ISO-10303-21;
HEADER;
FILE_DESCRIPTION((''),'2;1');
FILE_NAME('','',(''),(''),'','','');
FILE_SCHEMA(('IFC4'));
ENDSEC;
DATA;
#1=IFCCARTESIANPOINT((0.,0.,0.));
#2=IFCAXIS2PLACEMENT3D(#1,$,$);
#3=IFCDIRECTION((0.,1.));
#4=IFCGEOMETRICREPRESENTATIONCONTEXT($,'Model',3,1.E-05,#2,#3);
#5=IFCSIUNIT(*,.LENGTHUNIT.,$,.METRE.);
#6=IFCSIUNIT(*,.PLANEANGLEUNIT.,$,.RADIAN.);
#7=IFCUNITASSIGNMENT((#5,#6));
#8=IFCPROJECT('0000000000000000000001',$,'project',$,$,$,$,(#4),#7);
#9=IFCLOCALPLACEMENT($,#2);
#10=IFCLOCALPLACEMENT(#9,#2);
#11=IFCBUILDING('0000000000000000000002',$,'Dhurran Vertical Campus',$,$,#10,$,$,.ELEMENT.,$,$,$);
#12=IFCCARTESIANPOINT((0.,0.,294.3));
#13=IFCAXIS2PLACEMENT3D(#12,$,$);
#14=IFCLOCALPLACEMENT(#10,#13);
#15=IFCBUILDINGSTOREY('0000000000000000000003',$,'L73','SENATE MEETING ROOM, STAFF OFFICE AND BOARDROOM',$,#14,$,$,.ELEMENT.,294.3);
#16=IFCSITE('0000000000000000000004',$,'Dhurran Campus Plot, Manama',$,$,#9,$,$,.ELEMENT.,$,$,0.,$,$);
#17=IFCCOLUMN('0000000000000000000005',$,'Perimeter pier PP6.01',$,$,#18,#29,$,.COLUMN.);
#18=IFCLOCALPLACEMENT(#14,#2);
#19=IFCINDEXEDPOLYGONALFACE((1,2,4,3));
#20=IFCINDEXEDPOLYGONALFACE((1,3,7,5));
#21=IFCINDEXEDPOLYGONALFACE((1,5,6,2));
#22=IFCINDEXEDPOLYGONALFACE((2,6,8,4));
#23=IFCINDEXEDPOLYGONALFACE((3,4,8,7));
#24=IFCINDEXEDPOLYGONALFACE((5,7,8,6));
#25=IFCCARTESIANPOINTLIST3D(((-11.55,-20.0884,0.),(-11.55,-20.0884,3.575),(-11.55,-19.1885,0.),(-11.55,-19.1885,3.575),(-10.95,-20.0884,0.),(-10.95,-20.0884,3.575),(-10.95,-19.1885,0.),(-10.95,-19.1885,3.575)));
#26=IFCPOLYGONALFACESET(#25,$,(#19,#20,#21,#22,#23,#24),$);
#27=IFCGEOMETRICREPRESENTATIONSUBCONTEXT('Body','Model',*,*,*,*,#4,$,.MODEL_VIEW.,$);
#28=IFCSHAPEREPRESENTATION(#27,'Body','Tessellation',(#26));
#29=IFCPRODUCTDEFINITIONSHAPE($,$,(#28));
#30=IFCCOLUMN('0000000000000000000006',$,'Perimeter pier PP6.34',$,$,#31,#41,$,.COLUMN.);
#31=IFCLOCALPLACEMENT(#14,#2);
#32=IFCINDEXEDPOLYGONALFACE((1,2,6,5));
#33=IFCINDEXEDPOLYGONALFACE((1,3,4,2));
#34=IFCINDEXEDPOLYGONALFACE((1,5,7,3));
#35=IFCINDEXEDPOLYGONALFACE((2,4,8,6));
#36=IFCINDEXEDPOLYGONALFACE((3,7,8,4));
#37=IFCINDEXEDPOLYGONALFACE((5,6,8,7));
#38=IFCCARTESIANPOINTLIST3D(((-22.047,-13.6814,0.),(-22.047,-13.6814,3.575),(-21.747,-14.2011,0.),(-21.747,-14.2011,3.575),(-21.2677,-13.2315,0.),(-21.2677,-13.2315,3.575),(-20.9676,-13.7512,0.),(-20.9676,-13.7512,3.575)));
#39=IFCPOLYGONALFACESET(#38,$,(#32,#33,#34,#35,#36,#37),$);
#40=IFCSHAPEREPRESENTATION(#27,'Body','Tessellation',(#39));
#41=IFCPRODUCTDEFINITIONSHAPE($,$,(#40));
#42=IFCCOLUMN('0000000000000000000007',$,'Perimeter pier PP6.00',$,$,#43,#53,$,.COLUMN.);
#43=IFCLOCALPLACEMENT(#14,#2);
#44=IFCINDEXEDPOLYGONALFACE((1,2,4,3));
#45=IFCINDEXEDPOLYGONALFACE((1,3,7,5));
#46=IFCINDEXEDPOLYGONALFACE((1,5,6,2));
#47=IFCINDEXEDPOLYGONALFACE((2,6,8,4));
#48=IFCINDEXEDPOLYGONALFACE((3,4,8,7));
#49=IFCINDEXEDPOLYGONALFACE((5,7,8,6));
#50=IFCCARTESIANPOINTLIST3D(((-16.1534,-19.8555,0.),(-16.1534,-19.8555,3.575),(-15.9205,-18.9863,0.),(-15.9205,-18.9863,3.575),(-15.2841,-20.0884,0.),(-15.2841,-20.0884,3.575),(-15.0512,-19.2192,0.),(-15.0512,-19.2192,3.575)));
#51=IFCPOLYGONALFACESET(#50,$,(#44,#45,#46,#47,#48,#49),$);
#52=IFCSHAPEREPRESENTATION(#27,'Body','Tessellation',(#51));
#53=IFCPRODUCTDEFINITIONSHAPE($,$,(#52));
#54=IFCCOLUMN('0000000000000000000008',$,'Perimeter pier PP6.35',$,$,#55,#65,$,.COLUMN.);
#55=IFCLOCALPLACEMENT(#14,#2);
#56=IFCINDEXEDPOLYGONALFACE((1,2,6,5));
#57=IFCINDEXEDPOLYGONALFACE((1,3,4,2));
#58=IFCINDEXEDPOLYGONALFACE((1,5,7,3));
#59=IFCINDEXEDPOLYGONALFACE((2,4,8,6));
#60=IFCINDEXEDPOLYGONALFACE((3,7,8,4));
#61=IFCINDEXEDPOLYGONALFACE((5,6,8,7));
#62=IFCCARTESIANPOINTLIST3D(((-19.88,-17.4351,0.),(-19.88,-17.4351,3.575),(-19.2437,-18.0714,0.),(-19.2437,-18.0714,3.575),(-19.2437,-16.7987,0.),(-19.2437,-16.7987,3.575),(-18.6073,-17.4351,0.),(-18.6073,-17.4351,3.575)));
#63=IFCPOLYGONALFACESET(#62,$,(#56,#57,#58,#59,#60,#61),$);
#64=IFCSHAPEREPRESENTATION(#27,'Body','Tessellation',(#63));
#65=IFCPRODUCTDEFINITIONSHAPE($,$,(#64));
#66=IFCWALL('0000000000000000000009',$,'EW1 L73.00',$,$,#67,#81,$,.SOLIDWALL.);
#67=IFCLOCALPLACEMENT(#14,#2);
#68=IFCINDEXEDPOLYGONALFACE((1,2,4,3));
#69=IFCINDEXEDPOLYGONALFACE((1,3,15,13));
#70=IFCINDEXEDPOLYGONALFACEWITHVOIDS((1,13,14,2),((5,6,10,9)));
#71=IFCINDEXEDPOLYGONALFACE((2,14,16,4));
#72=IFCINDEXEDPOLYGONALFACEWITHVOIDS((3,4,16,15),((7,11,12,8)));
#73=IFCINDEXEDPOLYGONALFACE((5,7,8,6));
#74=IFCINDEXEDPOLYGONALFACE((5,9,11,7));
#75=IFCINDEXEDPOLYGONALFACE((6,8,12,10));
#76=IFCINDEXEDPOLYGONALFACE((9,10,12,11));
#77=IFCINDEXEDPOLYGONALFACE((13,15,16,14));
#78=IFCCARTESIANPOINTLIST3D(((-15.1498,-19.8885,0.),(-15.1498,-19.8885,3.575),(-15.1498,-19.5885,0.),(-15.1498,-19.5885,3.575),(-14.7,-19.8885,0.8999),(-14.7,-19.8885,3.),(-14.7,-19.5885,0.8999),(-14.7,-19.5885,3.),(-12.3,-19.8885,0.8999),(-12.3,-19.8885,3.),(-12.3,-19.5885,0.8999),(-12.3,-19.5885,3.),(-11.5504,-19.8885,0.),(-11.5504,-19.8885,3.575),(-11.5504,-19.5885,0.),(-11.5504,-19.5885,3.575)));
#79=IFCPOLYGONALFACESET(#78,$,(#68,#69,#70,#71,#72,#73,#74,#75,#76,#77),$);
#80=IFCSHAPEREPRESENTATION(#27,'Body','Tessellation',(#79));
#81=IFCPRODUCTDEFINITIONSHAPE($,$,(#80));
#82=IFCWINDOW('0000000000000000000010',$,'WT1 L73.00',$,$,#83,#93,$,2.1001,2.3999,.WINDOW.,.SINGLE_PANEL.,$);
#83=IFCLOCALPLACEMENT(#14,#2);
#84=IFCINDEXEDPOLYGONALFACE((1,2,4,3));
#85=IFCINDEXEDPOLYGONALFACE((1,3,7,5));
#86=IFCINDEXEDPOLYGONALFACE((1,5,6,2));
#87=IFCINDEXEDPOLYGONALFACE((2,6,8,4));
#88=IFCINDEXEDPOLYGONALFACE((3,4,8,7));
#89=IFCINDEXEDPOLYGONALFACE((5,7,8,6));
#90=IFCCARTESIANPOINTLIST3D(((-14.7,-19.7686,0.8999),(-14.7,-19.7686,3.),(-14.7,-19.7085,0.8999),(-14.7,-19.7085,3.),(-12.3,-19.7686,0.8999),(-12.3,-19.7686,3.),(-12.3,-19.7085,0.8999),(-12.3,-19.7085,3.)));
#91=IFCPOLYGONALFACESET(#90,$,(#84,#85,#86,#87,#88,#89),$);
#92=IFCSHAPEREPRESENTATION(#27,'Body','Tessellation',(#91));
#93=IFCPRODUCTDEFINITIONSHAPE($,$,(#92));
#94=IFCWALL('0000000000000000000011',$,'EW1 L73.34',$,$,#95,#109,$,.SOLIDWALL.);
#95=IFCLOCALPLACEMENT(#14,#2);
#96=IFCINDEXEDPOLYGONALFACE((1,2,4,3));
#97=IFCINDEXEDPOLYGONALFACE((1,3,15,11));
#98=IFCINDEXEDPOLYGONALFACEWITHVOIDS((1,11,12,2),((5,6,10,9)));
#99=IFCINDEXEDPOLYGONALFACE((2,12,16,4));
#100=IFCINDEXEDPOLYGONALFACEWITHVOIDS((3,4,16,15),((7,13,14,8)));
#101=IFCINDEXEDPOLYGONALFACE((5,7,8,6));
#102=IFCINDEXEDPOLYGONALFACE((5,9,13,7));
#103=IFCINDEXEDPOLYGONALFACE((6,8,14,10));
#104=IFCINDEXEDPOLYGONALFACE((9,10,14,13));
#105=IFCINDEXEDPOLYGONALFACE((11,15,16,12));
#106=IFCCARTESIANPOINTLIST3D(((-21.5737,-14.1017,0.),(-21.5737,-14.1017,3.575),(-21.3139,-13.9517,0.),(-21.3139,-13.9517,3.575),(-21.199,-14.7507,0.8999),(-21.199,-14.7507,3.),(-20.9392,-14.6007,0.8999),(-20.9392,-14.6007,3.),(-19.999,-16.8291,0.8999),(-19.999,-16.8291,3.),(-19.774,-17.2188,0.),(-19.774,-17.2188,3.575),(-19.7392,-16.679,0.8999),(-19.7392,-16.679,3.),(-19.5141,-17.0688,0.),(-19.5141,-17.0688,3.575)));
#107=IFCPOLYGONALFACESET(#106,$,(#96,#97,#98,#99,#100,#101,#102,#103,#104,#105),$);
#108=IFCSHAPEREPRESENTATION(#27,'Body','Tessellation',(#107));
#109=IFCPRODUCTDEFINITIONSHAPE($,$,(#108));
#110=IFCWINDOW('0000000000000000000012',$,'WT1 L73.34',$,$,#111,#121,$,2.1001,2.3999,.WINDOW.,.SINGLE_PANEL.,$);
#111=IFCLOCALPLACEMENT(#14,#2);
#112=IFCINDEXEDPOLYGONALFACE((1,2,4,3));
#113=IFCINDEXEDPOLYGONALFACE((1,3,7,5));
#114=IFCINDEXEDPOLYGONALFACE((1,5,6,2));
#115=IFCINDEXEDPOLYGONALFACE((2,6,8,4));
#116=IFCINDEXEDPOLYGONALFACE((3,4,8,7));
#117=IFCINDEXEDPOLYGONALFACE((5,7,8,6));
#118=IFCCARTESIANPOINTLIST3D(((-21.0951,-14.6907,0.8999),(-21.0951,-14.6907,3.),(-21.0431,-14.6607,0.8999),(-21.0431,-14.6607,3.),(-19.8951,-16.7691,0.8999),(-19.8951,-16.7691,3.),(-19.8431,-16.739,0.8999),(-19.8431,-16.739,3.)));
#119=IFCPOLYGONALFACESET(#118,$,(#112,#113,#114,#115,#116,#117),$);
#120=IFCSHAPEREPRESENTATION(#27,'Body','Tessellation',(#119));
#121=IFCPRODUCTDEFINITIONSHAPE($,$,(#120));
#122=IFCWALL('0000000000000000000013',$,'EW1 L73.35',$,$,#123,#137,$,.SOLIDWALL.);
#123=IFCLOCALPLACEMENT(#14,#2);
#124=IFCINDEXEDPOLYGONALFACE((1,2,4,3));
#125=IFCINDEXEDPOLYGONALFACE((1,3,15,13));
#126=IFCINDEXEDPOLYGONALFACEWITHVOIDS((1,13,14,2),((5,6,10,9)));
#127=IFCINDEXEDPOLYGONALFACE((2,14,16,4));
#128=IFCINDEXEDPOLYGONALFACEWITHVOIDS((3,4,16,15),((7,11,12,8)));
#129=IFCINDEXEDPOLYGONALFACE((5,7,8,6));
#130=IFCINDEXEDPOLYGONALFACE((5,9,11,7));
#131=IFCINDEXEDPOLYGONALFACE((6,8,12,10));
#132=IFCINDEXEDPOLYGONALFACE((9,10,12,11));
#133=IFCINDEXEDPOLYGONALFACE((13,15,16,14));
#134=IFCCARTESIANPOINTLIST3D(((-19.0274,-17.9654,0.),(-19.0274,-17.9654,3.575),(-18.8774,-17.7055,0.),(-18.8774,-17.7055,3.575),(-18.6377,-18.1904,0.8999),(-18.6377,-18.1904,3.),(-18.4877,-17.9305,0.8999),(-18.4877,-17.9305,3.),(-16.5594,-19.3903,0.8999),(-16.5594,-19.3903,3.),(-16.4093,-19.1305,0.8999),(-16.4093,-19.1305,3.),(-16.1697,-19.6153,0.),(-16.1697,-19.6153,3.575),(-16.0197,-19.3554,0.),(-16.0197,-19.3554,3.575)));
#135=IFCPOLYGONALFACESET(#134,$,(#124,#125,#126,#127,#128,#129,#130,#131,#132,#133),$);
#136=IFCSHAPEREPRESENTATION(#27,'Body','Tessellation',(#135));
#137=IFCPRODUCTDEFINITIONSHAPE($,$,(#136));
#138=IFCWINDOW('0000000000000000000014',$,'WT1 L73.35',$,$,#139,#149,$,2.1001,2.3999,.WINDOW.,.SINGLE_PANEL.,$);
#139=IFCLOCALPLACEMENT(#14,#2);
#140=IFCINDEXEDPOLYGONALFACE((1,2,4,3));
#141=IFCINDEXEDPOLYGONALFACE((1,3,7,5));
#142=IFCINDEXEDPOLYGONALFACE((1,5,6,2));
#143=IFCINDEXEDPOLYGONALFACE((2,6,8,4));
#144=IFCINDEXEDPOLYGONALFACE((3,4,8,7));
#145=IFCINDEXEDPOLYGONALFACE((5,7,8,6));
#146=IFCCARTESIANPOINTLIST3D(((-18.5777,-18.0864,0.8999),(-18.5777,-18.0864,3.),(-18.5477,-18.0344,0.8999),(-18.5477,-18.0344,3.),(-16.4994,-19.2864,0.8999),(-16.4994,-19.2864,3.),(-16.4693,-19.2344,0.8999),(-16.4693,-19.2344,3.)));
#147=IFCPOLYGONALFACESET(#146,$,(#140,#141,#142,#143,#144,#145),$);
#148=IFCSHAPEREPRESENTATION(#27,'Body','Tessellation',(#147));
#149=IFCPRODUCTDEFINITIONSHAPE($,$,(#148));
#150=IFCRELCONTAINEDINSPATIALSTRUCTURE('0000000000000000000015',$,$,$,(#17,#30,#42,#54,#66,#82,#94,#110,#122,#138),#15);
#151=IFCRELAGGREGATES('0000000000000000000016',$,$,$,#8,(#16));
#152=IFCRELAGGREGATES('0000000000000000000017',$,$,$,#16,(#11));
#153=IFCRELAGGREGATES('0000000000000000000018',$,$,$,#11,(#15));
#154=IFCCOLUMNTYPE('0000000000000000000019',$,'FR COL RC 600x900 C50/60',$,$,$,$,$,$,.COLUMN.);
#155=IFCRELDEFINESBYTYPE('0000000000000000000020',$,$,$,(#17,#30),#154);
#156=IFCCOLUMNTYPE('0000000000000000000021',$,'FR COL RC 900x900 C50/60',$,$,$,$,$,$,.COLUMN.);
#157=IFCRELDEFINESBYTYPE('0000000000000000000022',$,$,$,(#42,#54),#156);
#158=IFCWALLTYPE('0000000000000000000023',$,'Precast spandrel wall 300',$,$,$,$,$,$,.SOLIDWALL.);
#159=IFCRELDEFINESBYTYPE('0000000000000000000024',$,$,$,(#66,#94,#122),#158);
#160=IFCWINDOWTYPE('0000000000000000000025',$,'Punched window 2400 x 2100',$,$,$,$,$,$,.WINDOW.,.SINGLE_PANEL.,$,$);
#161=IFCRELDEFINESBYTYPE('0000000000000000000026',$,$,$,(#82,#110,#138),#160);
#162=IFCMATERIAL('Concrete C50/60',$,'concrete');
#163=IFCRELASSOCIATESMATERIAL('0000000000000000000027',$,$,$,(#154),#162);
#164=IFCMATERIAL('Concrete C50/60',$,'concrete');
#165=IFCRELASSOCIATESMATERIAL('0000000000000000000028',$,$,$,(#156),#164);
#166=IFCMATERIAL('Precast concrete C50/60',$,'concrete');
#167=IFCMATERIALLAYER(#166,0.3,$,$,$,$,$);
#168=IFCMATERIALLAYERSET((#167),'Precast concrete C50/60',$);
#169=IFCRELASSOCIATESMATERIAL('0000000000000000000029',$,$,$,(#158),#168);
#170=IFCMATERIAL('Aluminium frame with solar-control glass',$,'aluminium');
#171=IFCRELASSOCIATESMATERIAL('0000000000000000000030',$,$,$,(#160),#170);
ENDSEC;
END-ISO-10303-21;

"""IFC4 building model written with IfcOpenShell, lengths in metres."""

from ifc_helpers import new_model, si_unit, direction, frame, frame_2d, origin, origin_2d, place, context, subcontext, project, spatial, rectangle, extrude, material, layer, layer_set, material_profile, profile_set, type_object, element, fill, save


model = new_model("IFC4")

# Units and contexts
model_context = context("Model", 3, precision=1e-05, world=origin(), true_north=direction((0.0, 1.0)))
body_context = subcontext(model_context, "Body", "Model", "MODEL_VIEW")
ifc_project = project(units=[si_unit("LENGTHUNIT", "METRE"), si_unit("PLANEANGLEUNIT", "RADIAN")], contexts=[model_context])

# Site, building, storey
site_placement = place(None, origin())
site = spatial("IfcSite", under=ifc_project, at=site_placement, Name="Dhurran Campus Plot, Manama", CompositionType="ELEMENT", RefElevation=0.0)
building_placement = place(site_placement, origin())
building = spatial("IfcBuilding", under=site, at=building_placement, Name="Dhurran Vertical Campus", CompositionType="ELEMENT")
storey_placement = place(building_placement, frame((0.0, 0.0, 294.3)))
storey = spatial("IfcBuildingStorey", under=building, at=storey_placement, Name="L73", Description="SENATE MEETING ROOM, STAFF OFFICE AND BOARDROOM", CompositionType="ELEMENT", Elevation=294.3)

# Columns
ifc_material_1 = material(Name="Concrete C50/60", Category="concrete")
ifc_material_profile_1 = material_profile(ifc_material_1, rectangle(XDim=0.6001, YDim=0.8999, at=origin_2d()), Name="RC 600x900")
ifc_profile_set_1 = profile_set([ifc_material_profile_1], Name="Concrete C50/60")
column_type_1 = type_object("IfcColumnType", Name="FR COL RC 600x900 C50/60", PredefinedType="COLUMN", material=ifc_profile_set_1)
for number, where, z_axis, x_axis, name in (
    (1, (-11.25, -19.6384, 0.0), (0.0, 0.0, 1.0), (1.0, 0.0, 0.0), "Perimeter pier PP6.01"),
    (2, (-21.5073, -13.7163, 0.0), (0.0, 0.0, 1.0), (0.5, -0.866025, 0.0), "Perimeter pier PP6.34"),
):
    element("IfcColumn", number, at=place(storey_placement, frame(where, z_axis=z_axis, x_axis=x_axis)), inside=storey, type_object=column_type_1, Name=name, PredefinedType="COLUMN", context=body_context, shape_type="SweptSolid", body=[
        extrude(rectangle(XDim=0.6001, YDim=0.8999, at=origin_2d()), origin(), (0.0, 0.0, 1.0), 3.575),
    ])
ifc_material_2 = material(Name="Concrete C50/60", Category="concrete")
ifc_material_profile_2 = material_profile(ifc_material_2, rectangle(XDim=0.8999, YDim=0.8999, at=origin_2d()), Name="RC 900x900")
ifc_profile_set_2 = profile_set([ifc_material_profile_2], Name="Concrete C50/60")
column_type_2 = type_object("IfcColumnType", Name="FR COL RC 900x900 C50/60", PredefinedType="COLUMN", material=ifc_profile_set_2)
for number, where, z_axis, x_axis, name in (
    (3, (-15.6023, -19.5374, 0.0), (0.0, 0.0, 1.0), (0.965926, -0.258819, 0.0), "Perimeter pier PP6.00"),
    (4, (-19.2437, -17.4351, 0.0), (0.0, 0.0, 1.0), (0.707107, -0.707107, 0.0), "Perimeter pier PP6.35"),
):
    element("IfcColumn", number, at=place(storey_placement, frame(where, z_axis=z_axis, x_axis=x_axis)), inside=storey, type_object=column_type_2, Name=name, PredefinedType="COLUMN", context=body_context, shape_type="SweptSolid", body=[
        extrude(rectangle(XDim=0.8999, YDim=0.8999, at=origin_2d()), origin(), (0.0, 0.0, 1.0), 3.575),
    ])

# Walls, openings, windows
ifc_material_3 = material(Name="Precast concrete C50/60", Category="concrete")
ifc_layer_1 = layer(ifc_material_3, 0.3)
ifc_layer_set_1 = layer_set([ifc_layer_1], Name="Precast concrete C50/60")
wall_type_1 = type_object("IfcWallType", Name="Precast spandrel wall 300", PredefinedType="SOLIDWALL", material=ifc_layer_set_1)
wall_1_placement = place(storey_placement, frame((-15.1499, -19.7385, 0.0), z_axis=(0.0, 0.0, 1.0), x_axis=(1.0, 0.0, 0.0)))
wall_1 = element("IfcWall", 5, at=wall_1_placement, inside=storey, type_object=wall_type_1, Name="EW1 L73.00", PredefinedType="SOLIDWALL", context=body_context, shape_type="SweptSolid", body=[
    extrude(rectangle(XDim=3.5994, YDim=0.3, at=frame_2d((1.7998, 0.0))), origin(), (0.0, 0.0, 1.0), 3.575),
])
opening_1_placement = place(wall_1_placement, frame((0.45, 0.0, 0.8999)))
opening_1 = element("IfcOpeningElement", 6, at=opening_1_placement, cuts=wall_1, PredefinedType="OPENING", context=body_context, shape_type="SweptSolid", body=[
    extrude(rectangle(XDim=2.3999, YDim=2.1001, at=frame_2d((1.2, 1.05))), frame((0.0, 0.1599, 0.0), z_axis=(0.0, -1.0, 0.0), x_axis=(1.0, 0.0, 0.0)), (0.0, 0.0, 1.0), 0.3201),
])
ifc_material_4 = material(Name="Aluminium frame with solar-control glass", Category="aluminium")
window_type = type_object("IfcWindowType", Name="Punched window 2400 x 2100", PartitioningType="SINGLE_PANEL", PredefinedType="WINDOW", material=ifc_material_4)
window_1_placement = place(opening_1_placement, origin())
window_1 = element("IfcWindow", 7, at=window_1_placement, inside=storey, type_object=window_type, Name="WT1 L73.00", OverallHeight=2.1001, OverallWidth=2.3999, PartitioningType="SINGLE_PANEL", PredefinedType="WINDOW", context=body_context, shape_type="SweptSolid", body=[
    extrude(rectangle(XDim=2.3999, YDim=2.1001, at=frame_2d((1.2, 1.05))), frame((0.0, 0.03, 0.0), z_axis=(0.0, -1.0, 0.0), x_axis=(1.0, 0.0, 0.0)), (0.0, 0.0, 1.0), 0.0601),
])
fill(opening_1, window_1)
wall_2_placement = place(storey_placement, frame((-21.4438, -14.0266, 0.0), z_axis=(0.0, 0.0, 1.0), x_axis=(0.50002, -0.866014, 0.0)))
wall_2 = element("IfcWall", 8, at=wall_2_placement, inside=storey, type_object=wall_type_1, Name="EW1 L73.34", PredefinedType="SOLIDWALL", context=body_context, shape_type="SweptSolid", body=[
    extrude(rectangle(XDim=3.5994, YDim=0.3, at=frame_2d((1.7998, 0.0))), origin(), (0.0, 0.0, 1.0), 3.575),
])
opening_2_placement = place(wall_2_placement, frame((0.7495, 0.0, 0.8999)))
opening_2 = element("IfcOpeningElement", 9, at=opening_2_placement, cuts=wall_2, PredefinedType="OPENING", context=body_context, shape_type="SweptSolid", body=[
    extrude(rectangle(XDim=2.3999, YDim=2.1001, at=frame_2d((1.2, 1.05))), frame((0.0, 0.1599, 0.0), z_axis=(0.0, -1.0, 0.0), x_axis=(1.0, 0.0, 0.0)), (0.0, 0.0, 1.0), 0.3201),
])
window_2_placement = place(opening_2_placement, origin())
window_2 = element("IfcWindow", 10, at=window_2_placement, inside=storey, type_object=window_type, Name="WT1 L73.34", OverallHeight=2.1001, OverallWidth=2.3999, PartitioningType="SINGLE_PANEL", PredefinedType="WINDOW", context=body_context, shape_type="SweptSolid", body=[
    extrude(rectangle(XDim=2.3999, YDim=2.1001, at=frame_2d((1.2, 1.05))), frame((0.0, 0.03, 0.0), z_axis=(0.0, -1.0, 0.0), x_axis=(1.0, 0.0, 0.0)), (0.0, 0.0, 1.0), 0.0601),
])
fill(opening_2, window_2)
wall_3_placement = place(storey_placement, frame((-18.9524, -17.8354, 0.0), z_axis=(0.0, 0.0, 1.0), x_axis=(0.866022, -0.500006, 0.0)))
wall_3 = element("IfcWall", 11, at=wall_3_placement, inside=storey, type_object=wall_type_1, Name="EW1 L73.35", PredefinedType="SOLIDWALL", context=body_context, shape_type="SweptSolid", body=[
    extrude(rectangle(XDim=3.2998, YDim=0.3, at=frame_2d((1.6499, 0.0))), origin(), (0.0, 0.0, 1.0), 3.575),
])
opening_3_placement = place(wall_3_placement, frame((0.45, 0.0, 0.8999)))
opening_3 = element("IfcOpeningElement", 12, at=opening_3_placement, cuts=wall_3, PredefinedType="OPENING", context=body_context, shape_type="SweptSolid", body=[
    extrude(rectangle(XDim=2.3999, YDim=2.1001, at=frame_2d((1.2, 1.05))), frame((0.0, 0.1599, 0.0), z_axis=(0.0, -1.0, 0.0), x_axis=(1.0, 0.0, 0.0)), (0.0, 0.0, 1.0), 0.3201),
])
window_3_placement = place(opening_3_placement, origin())
window_3 = element("IfcWindow", 13, at=window_3_placement, inside=storey, type_object=window_type, Name="WT1 L73.35", OverallHeight=2.1001, OverallWidth=2.3999, PartitioningType="SINGLE_PANEL", PredefinedType="WINDOW", context=body_context, shape_type="SweptSolid", body=[
    extrude(rectangle(XDim=2.3999, YDim=2.1001, at=frame_2d((1.2, 1.05))), frame((0.0, 0.03, 0.0), z_axis=(0.0, -1.0, 0.0), x_axis=(1.0, 0.0, 0.0)), (0.0, 0.0, 1.0), 0.0601),
])
fill(opening_3, window_3)

save(model, "model.ifc")
